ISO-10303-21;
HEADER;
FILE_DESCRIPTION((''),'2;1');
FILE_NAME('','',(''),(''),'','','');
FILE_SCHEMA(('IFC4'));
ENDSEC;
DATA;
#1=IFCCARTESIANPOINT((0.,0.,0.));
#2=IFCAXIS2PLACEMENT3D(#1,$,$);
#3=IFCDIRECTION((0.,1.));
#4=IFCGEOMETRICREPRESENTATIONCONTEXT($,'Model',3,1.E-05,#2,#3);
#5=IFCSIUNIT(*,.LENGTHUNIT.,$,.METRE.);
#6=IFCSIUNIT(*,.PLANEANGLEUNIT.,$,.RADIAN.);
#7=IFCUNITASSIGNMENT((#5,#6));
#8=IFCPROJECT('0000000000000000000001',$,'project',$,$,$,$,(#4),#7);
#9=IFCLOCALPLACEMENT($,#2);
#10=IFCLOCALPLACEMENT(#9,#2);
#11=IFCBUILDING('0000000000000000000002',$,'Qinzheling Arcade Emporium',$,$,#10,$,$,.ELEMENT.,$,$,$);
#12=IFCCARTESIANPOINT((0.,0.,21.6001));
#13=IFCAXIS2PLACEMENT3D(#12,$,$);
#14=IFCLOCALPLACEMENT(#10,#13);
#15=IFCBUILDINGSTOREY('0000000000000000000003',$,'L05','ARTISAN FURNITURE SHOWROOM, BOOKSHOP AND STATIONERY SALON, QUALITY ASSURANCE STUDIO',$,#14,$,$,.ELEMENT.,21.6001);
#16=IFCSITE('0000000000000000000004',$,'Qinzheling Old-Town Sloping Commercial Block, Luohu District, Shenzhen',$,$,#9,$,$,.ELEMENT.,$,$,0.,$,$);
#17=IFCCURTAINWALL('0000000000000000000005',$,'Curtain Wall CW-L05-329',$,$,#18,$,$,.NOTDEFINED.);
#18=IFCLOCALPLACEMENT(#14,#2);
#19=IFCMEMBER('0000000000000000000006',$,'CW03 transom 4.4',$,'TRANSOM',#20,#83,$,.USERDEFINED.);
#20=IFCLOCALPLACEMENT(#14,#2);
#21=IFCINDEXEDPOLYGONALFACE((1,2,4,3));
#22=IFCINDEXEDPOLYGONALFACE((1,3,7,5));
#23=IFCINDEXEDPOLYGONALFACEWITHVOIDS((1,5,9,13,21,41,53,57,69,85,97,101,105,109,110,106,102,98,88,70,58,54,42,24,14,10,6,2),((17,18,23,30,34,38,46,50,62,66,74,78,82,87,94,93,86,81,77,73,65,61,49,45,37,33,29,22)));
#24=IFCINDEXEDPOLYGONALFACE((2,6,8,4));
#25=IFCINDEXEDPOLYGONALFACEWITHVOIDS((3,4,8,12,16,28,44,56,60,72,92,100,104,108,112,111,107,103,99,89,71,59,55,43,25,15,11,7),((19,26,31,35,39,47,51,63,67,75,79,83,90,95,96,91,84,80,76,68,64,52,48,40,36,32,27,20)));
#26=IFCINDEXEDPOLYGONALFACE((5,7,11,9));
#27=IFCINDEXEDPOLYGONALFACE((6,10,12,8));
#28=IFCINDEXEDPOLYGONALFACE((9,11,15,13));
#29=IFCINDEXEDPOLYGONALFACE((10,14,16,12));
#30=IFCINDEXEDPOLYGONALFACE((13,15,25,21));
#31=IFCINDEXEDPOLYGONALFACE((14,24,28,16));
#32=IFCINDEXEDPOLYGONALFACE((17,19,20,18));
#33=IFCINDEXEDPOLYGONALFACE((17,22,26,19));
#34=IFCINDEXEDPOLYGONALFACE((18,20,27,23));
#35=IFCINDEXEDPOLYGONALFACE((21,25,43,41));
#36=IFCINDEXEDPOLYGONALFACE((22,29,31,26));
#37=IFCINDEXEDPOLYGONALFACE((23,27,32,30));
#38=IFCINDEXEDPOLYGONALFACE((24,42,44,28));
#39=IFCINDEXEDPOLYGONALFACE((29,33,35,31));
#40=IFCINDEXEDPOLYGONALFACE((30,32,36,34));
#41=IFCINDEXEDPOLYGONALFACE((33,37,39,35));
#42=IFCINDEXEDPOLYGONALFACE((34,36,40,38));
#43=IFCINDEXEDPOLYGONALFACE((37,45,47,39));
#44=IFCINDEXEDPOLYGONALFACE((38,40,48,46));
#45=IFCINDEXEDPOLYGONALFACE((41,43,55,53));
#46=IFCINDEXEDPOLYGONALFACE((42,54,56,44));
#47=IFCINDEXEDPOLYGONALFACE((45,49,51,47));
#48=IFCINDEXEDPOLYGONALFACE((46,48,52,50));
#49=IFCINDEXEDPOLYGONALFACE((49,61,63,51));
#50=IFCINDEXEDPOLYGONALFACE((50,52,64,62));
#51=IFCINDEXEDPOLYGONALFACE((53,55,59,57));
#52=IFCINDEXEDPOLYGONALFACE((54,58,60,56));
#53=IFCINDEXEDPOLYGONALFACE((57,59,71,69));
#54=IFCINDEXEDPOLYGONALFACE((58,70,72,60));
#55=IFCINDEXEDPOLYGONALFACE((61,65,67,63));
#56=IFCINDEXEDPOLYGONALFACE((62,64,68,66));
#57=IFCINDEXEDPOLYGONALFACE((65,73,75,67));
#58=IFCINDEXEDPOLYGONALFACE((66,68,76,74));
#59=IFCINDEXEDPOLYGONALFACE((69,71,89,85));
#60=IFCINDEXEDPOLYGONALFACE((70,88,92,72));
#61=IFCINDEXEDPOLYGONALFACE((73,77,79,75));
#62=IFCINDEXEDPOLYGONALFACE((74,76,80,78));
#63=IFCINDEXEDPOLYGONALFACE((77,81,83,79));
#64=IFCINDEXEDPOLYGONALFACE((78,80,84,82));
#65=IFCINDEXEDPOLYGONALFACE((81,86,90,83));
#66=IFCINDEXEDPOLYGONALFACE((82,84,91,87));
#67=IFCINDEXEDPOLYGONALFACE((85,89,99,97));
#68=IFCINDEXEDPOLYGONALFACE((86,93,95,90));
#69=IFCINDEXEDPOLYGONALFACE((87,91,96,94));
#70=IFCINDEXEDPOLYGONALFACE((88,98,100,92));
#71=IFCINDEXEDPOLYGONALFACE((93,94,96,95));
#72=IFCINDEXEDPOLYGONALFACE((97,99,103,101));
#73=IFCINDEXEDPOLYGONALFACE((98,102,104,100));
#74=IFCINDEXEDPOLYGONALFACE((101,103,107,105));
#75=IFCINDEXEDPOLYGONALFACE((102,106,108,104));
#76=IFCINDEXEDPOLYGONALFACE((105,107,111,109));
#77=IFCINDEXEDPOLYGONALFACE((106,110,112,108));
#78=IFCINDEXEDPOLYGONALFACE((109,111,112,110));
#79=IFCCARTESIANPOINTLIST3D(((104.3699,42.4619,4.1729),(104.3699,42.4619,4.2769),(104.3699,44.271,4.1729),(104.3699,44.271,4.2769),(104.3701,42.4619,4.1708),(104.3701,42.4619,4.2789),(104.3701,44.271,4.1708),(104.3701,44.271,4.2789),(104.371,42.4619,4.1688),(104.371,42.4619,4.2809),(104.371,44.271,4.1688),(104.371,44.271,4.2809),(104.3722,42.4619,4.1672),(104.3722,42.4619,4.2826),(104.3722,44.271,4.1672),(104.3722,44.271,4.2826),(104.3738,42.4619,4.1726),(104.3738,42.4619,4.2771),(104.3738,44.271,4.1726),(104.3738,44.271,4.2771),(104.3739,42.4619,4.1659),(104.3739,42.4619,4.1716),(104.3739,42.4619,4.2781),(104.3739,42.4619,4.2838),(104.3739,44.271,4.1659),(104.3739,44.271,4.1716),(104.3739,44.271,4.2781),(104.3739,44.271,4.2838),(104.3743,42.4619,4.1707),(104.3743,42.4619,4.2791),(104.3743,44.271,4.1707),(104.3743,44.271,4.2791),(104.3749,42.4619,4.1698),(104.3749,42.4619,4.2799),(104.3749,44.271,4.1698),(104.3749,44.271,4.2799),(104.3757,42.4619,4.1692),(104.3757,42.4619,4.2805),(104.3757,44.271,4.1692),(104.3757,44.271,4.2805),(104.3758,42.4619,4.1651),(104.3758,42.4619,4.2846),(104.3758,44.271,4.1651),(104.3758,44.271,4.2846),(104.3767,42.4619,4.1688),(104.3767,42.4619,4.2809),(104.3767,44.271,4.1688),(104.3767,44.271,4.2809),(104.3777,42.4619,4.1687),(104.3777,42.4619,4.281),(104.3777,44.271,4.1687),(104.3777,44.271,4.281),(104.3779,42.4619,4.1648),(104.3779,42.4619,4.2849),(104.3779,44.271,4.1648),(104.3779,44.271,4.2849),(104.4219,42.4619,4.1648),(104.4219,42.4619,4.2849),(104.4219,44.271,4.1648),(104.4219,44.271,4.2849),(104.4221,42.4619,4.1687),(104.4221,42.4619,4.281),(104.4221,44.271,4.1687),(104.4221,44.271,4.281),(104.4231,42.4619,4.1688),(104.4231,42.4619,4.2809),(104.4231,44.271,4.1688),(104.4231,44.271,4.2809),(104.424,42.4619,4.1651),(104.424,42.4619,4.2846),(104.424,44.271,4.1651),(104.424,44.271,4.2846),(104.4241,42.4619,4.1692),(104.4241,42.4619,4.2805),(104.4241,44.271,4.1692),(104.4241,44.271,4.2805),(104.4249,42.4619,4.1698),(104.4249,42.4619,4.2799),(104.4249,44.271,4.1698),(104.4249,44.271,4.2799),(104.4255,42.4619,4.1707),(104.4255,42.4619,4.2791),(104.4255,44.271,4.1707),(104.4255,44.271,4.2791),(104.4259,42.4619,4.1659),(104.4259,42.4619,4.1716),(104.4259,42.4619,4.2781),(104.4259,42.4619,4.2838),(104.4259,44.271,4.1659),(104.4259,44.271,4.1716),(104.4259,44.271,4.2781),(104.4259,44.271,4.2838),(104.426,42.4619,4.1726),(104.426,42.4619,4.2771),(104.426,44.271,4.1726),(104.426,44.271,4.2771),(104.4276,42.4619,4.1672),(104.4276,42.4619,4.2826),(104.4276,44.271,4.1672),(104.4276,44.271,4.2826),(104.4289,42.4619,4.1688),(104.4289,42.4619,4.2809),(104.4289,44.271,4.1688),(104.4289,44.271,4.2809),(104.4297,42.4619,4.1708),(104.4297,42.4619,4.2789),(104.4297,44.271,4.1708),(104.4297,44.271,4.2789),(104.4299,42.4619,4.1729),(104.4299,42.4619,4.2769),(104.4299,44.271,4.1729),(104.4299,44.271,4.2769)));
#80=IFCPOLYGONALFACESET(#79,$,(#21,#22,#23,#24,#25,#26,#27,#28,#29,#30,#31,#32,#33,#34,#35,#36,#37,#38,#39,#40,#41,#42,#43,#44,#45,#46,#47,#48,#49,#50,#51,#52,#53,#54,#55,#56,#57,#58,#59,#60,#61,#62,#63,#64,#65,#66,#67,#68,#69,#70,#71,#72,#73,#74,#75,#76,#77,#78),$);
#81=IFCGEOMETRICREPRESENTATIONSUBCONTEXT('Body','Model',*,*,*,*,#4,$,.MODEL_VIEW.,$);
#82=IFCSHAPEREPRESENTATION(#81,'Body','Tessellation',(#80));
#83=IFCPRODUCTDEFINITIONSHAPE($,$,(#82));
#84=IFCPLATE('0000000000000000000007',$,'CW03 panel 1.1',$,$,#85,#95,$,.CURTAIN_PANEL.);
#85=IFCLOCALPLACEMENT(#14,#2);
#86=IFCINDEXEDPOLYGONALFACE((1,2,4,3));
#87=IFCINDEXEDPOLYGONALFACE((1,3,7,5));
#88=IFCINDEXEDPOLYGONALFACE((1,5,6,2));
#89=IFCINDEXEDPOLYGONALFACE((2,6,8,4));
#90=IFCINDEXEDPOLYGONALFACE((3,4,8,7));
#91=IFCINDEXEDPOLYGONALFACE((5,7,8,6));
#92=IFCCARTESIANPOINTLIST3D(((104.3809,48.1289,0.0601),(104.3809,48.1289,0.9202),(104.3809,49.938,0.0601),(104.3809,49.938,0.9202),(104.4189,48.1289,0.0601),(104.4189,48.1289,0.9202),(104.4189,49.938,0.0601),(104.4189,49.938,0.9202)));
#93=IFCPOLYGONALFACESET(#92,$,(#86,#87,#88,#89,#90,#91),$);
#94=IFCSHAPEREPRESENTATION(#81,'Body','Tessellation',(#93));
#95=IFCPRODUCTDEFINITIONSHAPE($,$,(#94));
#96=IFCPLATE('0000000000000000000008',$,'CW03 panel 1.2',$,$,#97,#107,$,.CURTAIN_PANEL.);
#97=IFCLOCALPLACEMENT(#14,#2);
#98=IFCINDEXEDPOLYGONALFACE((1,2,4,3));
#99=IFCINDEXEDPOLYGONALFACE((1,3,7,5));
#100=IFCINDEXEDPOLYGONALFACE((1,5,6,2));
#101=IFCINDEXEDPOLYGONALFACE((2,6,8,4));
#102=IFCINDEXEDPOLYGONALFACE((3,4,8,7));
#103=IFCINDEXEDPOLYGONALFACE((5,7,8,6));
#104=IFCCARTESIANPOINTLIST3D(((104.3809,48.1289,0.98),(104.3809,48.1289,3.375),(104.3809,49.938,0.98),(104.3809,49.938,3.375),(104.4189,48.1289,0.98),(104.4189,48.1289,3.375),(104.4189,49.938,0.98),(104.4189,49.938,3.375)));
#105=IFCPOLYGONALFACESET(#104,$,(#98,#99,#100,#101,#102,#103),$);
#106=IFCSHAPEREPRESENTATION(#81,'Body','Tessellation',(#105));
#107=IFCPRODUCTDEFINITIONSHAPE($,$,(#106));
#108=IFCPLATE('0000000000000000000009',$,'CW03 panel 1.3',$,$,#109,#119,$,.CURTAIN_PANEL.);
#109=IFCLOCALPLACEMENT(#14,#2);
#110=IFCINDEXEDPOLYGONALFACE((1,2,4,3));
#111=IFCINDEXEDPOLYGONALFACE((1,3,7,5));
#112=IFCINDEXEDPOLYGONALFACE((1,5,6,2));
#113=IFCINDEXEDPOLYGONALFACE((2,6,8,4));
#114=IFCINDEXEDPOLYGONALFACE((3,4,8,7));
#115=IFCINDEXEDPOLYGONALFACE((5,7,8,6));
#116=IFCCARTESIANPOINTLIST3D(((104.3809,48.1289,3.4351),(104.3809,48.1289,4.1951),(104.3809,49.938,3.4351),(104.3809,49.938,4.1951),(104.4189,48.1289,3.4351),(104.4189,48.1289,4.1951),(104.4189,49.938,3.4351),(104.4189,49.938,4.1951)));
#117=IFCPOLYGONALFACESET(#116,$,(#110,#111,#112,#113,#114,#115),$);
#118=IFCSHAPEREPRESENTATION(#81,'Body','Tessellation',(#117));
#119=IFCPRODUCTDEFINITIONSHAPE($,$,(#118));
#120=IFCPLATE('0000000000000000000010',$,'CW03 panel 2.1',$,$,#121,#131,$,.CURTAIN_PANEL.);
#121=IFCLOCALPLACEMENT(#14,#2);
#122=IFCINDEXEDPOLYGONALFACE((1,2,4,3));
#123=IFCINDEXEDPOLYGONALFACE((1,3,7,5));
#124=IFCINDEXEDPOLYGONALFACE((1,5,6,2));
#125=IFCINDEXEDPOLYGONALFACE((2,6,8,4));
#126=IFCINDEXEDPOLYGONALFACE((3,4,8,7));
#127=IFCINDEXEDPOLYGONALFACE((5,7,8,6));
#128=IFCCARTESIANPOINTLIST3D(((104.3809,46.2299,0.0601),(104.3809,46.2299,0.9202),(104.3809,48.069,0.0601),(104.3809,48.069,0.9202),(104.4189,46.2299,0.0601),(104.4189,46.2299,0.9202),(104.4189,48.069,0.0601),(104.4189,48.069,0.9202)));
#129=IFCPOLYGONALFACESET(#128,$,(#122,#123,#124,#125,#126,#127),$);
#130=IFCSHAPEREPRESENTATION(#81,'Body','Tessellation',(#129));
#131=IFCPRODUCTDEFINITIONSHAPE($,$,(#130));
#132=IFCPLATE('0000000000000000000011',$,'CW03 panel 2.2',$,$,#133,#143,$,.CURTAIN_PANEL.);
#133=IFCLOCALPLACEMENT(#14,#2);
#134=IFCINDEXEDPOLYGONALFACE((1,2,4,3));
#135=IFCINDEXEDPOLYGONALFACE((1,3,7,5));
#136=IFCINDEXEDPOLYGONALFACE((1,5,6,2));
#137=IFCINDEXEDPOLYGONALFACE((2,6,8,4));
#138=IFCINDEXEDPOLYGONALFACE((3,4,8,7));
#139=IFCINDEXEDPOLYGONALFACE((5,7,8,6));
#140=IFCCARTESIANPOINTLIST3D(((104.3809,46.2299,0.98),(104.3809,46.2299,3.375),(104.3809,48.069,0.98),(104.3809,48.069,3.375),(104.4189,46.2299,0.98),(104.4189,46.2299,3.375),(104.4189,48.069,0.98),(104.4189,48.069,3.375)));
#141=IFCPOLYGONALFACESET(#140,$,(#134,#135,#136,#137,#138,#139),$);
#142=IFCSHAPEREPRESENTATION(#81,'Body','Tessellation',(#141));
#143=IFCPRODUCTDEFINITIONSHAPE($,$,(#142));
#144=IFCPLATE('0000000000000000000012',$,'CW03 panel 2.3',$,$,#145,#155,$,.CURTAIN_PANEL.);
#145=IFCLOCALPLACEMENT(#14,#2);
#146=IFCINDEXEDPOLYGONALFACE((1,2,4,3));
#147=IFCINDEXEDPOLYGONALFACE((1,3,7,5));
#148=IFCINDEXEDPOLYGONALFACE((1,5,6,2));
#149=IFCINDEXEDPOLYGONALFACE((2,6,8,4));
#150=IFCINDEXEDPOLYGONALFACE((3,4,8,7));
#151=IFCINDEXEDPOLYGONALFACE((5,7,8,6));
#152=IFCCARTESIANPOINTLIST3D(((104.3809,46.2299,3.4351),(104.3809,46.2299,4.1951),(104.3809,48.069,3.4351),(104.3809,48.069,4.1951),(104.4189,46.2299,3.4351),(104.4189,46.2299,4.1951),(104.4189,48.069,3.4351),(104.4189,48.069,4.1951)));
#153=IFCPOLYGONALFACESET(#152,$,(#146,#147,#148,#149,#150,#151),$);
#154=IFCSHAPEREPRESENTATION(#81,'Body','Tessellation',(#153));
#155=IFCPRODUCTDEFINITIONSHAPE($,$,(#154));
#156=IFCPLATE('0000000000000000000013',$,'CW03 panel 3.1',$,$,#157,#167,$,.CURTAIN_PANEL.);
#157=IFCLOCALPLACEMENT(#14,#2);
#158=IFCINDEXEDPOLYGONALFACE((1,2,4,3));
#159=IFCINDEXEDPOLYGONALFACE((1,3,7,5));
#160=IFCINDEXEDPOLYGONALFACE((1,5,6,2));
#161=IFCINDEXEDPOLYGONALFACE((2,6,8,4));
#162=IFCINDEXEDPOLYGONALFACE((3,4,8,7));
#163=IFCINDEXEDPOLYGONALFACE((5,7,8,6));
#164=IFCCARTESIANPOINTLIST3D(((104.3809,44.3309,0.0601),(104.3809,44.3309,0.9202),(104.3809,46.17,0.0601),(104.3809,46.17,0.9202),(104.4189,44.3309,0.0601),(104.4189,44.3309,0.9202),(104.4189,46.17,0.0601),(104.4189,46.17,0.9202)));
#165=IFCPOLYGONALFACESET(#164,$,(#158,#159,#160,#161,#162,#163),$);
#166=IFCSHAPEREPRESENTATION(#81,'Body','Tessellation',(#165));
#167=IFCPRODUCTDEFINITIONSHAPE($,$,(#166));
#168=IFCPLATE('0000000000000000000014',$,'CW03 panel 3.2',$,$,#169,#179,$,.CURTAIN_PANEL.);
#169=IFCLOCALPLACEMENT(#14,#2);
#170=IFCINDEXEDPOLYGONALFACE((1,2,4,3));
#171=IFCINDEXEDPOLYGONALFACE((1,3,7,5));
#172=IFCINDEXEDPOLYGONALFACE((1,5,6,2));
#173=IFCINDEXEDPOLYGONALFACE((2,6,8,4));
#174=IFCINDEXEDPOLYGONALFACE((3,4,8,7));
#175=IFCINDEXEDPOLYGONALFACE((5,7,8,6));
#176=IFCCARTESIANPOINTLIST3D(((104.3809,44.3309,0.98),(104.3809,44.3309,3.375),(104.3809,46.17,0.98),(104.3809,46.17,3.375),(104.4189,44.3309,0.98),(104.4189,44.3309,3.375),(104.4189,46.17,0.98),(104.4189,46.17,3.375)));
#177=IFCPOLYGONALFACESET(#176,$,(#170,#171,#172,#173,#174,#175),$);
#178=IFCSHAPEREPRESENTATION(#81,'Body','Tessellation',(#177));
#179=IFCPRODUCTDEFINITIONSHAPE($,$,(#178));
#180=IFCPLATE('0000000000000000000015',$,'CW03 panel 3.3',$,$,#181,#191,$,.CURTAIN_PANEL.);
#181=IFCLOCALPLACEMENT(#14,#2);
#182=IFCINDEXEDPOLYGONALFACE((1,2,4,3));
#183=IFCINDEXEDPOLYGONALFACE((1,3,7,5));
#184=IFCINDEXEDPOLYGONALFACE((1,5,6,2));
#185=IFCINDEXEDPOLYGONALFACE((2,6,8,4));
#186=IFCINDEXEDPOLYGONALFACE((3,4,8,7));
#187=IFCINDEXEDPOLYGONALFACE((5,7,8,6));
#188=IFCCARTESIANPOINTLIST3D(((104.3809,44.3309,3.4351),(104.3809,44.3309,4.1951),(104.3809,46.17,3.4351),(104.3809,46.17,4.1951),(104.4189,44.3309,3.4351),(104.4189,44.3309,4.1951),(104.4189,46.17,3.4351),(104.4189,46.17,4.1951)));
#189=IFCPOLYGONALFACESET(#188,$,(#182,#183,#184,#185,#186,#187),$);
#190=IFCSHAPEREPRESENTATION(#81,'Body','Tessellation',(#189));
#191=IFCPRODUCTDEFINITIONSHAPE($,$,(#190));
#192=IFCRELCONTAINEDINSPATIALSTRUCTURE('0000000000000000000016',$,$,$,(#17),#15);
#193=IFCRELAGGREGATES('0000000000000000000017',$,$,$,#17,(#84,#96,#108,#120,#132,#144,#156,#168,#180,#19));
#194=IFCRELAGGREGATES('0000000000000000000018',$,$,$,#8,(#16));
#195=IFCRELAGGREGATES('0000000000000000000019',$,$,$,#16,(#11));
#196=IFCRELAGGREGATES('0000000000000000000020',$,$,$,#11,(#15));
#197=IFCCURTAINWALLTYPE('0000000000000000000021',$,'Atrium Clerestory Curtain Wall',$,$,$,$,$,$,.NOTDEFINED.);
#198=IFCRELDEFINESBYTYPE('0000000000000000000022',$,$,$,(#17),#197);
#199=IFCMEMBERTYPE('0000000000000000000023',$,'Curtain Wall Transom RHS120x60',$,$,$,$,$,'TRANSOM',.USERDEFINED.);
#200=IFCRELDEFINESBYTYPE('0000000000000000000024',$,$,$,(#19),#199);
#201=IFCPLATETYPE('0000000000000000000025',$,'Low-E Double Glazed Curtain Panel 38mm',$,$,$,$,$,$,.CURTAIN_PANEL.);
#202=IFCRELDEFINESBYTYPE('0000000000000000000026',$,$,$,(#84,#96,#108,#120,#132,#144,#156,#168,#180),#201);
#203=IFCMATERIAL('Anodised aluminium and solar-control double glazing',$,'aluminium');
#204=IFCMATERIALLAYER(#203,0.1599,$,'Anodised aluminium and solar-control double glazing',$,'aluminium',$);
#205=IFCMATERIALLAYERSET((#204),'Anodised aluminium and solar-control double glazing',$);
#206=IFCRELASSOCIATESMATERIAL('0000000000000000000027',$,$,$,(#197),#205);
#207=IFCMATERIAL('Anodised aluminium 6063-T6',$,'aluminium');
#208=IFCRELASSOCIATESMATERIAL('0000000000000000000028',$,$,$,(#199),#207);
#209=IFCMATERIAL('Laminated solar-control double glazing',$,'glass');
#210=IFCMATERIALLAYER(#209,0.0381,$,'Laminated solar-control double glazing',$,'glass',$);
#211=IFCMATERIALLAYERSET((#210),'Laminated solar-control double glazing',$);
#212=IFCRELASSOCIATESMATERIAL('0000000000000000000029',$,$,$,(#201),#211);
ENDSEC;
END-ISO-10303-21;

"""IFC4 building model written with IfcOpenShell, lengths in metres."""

from ifc_helpers import new_model, si_unit, direction, frame, origin, origin_2d, place, context, subcontext, project, spatial, rectangle, hollow_rectangle, extrude, material, layer, layer_set, material_profile, profile_set, type_object, element, aggregate, save


model = new_model("IFC4")

# Units and contexts
model_context = context("Model", 3, precision=1e-05, world=origin(), true_north=direction((0.0, 1.0)))
body_context = subcontext(model_context, "Body", "Model", "MODEL_VIEW")
ifc_project = project(units=[si_unit("LENGTHUNIT", "METRE"), si_unit("PLANEANGLEUNIT", "RADIAN")], contexts=[model_context])

# Site, building, storey
site_placement = place(None, origin())
site = spatial("IfcSite", under=ifc_project, at=site_placement, Name="Qinzheling Old-Town Sloping Commercial Block, Luohu District, Shenzhen", CompositionType="ELEMENT", RefElevation=0.0)
building_placement = place(site_placement, origin())
building = spatial("IfcBuilding", under=site, at=building_placement, Name="Qinzheling Arcade Emporium", CompositionType="ELEMENT")
storey_placement = place(building_placement, frame((0.0, 0.0, 21.6001)))
storey = spatial("IfcBuildingStorey", under=building, at=storey_placement, Name="L05", Description="ARTISAN FURNITURE SHOWROOM, BOOKSHOP AND STATIONERY SALON, QUALITY ASSURANCE STUDIO", CompositionType="ELEMENT", Elevation=21.6001)

# Curtain wall, member, plates
ifc_material_1 = material(Name="Anodised aluminium and solar-control double glazing", Category="aluminium")
ifc_layer_1 = layer(ifc_material_1, 0.1599, Name="Anodised aluminium and solar-control double glazing", Category="aluminium")
ifc_layer_set_1 = layer_set([ifc_layer_1], Name="Anodised aluminium and solar-control double glazing")
curtain_wall_type = type_object("IfcCurtainWallType", Name="Atrium Clerestory Curtain Wall", PredefinedType="NOTDEFINED", material=ifc_layer_set_1)
curtain_wall_placement = place(storey_placement, origin())
curtain_wall = element("IfcCurtainWall", 1, at=curtain_wall_placement, inside=storey, type_object=curtain_wall_type, Name="Curtain Wall CW-L05-329", PredefinedType="NOTDEFINED")
ifc_material_2 = material(Name="Anodised aluminium 6063-T6", Category="aluminium")
ifc_material_profile_1 = material_profile(ifc_material_2, hollow_rectangle(XDim=0.0601, YDim=0.1201, WallThickness=0.0039, InnerFilletRadius=0.0039, OuterFilletRadius=0.0081, at=origin_2d()), Name="RHS 120x60x4", Category="aluminium")
ifc_profile_set_1 = profile_set([ifc_material_profile_1], Name="Anodised aluminium 6063-T6")
member_type_1 = type_object("IfcMemberType", Name="Curtain Wall Transom RHS120x60", ElementType="TRANSOM", PredefinedType="USERDEFINED", material=ifc_profile_set_1)
member_1_placement = place(storey_placement, frame((104.3999, 44.271, 4.2249), z_axis=(0.0, -1.0, 0.0), x_axis=(1.0, 0.0, 0.0)))
member_1 = element("IfcMember", 2, at=member_1_placement, type_object=member_type_1, Name="CW03 transom 4.4", ObjectType="TRANSOM", PredefinedType="USERDEFINED", context=body_context, shape_type="SweptSolid", body=[
    extrude(hollow_rectangle(XDim=0.0601, YDim=0.1201, WallThickness=0.0039, InnerFilletRadius=0.0039, OuterFilletRadius=0.0081, at=origin_2d()), origin(), (0.0, 0.0, 1.0), 1.8091),
])
ifc_material_3 = material(Name="Laminated solar-control double glazing", Category="glass")
ifc_layer_2 = layer(ifc_material_3, 0.0381, Name="Laminated solar-control double glazing", Category="glass")
ifc_layer_set_2 = layer_set([ifc_layer_2], Name="Laminated solar-control double glazing")
plate_type = type_object("IfcPlateType", Name="Low-E Double Glazed Curtain Panel 38mm", PredefinedType="CURTAIN_PANEL", material=ifc_layer_set_2)
plate_1_placement = place(storey_placement, frame((104.3999, 49.0334, 0.0601), z_axis=(0.0, 0.0, 1.0), x_axis=(0.0, -1.0, 0.0)))
plate_1 = element("IfcPlate", 3, at=plate_1_placement, type_object=plate_type, Name="CW03 panel 1.1", PredefinedType="CURTAIN_PANEL", context=body_context, shape_type="SweptSolid", body=[
    extrude(rectangle(XDim=1.8091, YDim=0.0381, at=origin_2d()), origin(), (0.0, 0.0, 1.0), 0.8601),
])
plate_2_placement = place(storey_placement, frame((104.3999, 49.0334, 0.98), z_axis=(0.0, 0.0, 1.0), x_axis=(0.0, -1.0, 0.0)))
plate_2 = element("IfcPlate", 4, at=plate_2_placement, type_object=plate_type, Name="CW03 panel 1.2", PredefinedType="CURTAIN_PANEL", context=body_context, shape_type="SweptSolid", body=[
    extrude(rectangle(XDim=1.8091, YDim=0.0381, at=origin_2d()), origin(), (0.0, 0.0, 1.0), 2.395),
])
plate_3_placement = place(storey_placement, frame((104.3999, 49.0334, 3.4351), z_axis=(0.0, 0.0, 1.0), x_axis=(0.0, -1.0, 0.0)))
plate_3 = element("IfcPlate", 5, at=plate_3_placement, type_object=plate_type, Name="CW03 panel 1.3", PredefinedType="CURTAIN_PANEL", context=body_context, shape_type="SweptSolid", body=[
    extrude(rectangle(XDim=1.8091, YDim=0.0381, at=origin_2d()), origin(), (0.0, 0.0, 1.0), 0.76),
])
plate_4_placement = place(storey_placement, frame((104.3999, 47.1494, 0.0601), z_axis=(0.0, 0.0, 1.0), x_axis=(0.0, -1.0, 0.0)))
plate_4 = element("IfcPlate", 6, at=plate_4_placement, type_object=plate_type, Name="CW03 panel 2.1", PredefinedType="CURTAIN_PANEL", context=body_context, shape_type="SweptSolid", body=[
    extrude(rectangle(XDim=1.8391, YDim=0.0381, at=origin_2d()), origin(), (0.0, 0.0, 1.0), 0.8601),
])
plate_5_placement = place(storey_placement, frame((104.3999, 47.1494, 0.98), z_axis=(0.0, 0.0, 1.0), x_axis=(0.0, -1.0, 0.0)))
plate_5 = element("IfcPlate", 7, at=plate_5_placement, type_object=plate_type, Name="CW03 panel 2.2", PredefinedType="CURTAIN_PANEL", context=body_context, shape_type="SweptSolid", body=[
    extrude(rectangle(XDim=1.8391, YDim=0.0381, at=origin_2d()), origin(), (0.0, 0.0, 1.0), 2.395),
])
plate_6_placement = place(storey_placement, frame((104.3999, 47.1494, 3.4351), z_axis=(0.0, 0.0, 1.0), x_axis=(0.0, -1.0, 0.0)))
plate_6 = element("IfcPlate", 8, at=plate_6_placement, type_object=plate_type, Name="CW03 panel 2.3", PredefinedType="CURTAIN_PANEL", context=body_context, shape_type="SweptSolid", body=[
    extrude(rectangle(XDim=1.8391, YDim=0.0381, at=origin_2d()), origin(), (0.0, 0.0, 1.0), 0.76),
])
plate_7_placement = place(storey_placement, frame((104.3999, 45.2505, 0.0601), z_axis=(0.0, 0.0, 1.0), x_axis=(0.0, -1.0, 0.0)))
plate_7 = element("IfcPlate", 9, at=plate_7_placement, type_object=plate_type, Name="CW03 panel 3.1", PredefinedType="CURTAIN_PANEL", context=body_context, shape_type="SweptSolid", body=[
    extrude(rectangle(XDim=1.8391, YDim=0.0381, at=origin_2d()), origin(), (0.0, 0.0, 1.0), 0.8601),
])
plate_8_placement = place(storey_placement, frame((104.3999, 45.2505, 0.98), z_axis=(0.0, 0.0, 1.0), x_axis=(0.0, -1.0, 0.0)))
plate_8 = element("IfcPlate", 10, at=plate_8_placement, type_object=plate_type, Name="CW03 panel 3.2", PredefinedType="CURTAIN_PANEL", context=body_context, shape_type="SweptSolid", body=[
    extrude(rectangle(XDim=1.8391, YDim=0.0381, at=origin_2d()), origin(), (0.0, 0.0, 1.0), 2.395),
])
plate_9_placement = place(storey_placement, frame((104.3999, 45.2505, 3.4351), z_axis=(0.0, 0.0, 1.0), x_axis=(0.0, -1.0, 0.0)))
plate_9 = element("IfcPlate", 11, at=plate_9_placement, type_object=plate_type, Name="CW03 panel 3.3", PredefinedType="CURTAIN_PANEL", context=body_context, shape_type="SweptSolid", body=[
    extrude(rectangle(XDim=1.8391, YDim=0.0381, at=origin_2d()), origin(), (0.0, 0.0, 1.0), 0.76),
])
aggregate(curtain_wall, [plate_1, plate_2, plate_3, plate_4, plate_5, plate_6, plate_7, plate_8, plate_9, member_1])

save(model, "model.ifc")
